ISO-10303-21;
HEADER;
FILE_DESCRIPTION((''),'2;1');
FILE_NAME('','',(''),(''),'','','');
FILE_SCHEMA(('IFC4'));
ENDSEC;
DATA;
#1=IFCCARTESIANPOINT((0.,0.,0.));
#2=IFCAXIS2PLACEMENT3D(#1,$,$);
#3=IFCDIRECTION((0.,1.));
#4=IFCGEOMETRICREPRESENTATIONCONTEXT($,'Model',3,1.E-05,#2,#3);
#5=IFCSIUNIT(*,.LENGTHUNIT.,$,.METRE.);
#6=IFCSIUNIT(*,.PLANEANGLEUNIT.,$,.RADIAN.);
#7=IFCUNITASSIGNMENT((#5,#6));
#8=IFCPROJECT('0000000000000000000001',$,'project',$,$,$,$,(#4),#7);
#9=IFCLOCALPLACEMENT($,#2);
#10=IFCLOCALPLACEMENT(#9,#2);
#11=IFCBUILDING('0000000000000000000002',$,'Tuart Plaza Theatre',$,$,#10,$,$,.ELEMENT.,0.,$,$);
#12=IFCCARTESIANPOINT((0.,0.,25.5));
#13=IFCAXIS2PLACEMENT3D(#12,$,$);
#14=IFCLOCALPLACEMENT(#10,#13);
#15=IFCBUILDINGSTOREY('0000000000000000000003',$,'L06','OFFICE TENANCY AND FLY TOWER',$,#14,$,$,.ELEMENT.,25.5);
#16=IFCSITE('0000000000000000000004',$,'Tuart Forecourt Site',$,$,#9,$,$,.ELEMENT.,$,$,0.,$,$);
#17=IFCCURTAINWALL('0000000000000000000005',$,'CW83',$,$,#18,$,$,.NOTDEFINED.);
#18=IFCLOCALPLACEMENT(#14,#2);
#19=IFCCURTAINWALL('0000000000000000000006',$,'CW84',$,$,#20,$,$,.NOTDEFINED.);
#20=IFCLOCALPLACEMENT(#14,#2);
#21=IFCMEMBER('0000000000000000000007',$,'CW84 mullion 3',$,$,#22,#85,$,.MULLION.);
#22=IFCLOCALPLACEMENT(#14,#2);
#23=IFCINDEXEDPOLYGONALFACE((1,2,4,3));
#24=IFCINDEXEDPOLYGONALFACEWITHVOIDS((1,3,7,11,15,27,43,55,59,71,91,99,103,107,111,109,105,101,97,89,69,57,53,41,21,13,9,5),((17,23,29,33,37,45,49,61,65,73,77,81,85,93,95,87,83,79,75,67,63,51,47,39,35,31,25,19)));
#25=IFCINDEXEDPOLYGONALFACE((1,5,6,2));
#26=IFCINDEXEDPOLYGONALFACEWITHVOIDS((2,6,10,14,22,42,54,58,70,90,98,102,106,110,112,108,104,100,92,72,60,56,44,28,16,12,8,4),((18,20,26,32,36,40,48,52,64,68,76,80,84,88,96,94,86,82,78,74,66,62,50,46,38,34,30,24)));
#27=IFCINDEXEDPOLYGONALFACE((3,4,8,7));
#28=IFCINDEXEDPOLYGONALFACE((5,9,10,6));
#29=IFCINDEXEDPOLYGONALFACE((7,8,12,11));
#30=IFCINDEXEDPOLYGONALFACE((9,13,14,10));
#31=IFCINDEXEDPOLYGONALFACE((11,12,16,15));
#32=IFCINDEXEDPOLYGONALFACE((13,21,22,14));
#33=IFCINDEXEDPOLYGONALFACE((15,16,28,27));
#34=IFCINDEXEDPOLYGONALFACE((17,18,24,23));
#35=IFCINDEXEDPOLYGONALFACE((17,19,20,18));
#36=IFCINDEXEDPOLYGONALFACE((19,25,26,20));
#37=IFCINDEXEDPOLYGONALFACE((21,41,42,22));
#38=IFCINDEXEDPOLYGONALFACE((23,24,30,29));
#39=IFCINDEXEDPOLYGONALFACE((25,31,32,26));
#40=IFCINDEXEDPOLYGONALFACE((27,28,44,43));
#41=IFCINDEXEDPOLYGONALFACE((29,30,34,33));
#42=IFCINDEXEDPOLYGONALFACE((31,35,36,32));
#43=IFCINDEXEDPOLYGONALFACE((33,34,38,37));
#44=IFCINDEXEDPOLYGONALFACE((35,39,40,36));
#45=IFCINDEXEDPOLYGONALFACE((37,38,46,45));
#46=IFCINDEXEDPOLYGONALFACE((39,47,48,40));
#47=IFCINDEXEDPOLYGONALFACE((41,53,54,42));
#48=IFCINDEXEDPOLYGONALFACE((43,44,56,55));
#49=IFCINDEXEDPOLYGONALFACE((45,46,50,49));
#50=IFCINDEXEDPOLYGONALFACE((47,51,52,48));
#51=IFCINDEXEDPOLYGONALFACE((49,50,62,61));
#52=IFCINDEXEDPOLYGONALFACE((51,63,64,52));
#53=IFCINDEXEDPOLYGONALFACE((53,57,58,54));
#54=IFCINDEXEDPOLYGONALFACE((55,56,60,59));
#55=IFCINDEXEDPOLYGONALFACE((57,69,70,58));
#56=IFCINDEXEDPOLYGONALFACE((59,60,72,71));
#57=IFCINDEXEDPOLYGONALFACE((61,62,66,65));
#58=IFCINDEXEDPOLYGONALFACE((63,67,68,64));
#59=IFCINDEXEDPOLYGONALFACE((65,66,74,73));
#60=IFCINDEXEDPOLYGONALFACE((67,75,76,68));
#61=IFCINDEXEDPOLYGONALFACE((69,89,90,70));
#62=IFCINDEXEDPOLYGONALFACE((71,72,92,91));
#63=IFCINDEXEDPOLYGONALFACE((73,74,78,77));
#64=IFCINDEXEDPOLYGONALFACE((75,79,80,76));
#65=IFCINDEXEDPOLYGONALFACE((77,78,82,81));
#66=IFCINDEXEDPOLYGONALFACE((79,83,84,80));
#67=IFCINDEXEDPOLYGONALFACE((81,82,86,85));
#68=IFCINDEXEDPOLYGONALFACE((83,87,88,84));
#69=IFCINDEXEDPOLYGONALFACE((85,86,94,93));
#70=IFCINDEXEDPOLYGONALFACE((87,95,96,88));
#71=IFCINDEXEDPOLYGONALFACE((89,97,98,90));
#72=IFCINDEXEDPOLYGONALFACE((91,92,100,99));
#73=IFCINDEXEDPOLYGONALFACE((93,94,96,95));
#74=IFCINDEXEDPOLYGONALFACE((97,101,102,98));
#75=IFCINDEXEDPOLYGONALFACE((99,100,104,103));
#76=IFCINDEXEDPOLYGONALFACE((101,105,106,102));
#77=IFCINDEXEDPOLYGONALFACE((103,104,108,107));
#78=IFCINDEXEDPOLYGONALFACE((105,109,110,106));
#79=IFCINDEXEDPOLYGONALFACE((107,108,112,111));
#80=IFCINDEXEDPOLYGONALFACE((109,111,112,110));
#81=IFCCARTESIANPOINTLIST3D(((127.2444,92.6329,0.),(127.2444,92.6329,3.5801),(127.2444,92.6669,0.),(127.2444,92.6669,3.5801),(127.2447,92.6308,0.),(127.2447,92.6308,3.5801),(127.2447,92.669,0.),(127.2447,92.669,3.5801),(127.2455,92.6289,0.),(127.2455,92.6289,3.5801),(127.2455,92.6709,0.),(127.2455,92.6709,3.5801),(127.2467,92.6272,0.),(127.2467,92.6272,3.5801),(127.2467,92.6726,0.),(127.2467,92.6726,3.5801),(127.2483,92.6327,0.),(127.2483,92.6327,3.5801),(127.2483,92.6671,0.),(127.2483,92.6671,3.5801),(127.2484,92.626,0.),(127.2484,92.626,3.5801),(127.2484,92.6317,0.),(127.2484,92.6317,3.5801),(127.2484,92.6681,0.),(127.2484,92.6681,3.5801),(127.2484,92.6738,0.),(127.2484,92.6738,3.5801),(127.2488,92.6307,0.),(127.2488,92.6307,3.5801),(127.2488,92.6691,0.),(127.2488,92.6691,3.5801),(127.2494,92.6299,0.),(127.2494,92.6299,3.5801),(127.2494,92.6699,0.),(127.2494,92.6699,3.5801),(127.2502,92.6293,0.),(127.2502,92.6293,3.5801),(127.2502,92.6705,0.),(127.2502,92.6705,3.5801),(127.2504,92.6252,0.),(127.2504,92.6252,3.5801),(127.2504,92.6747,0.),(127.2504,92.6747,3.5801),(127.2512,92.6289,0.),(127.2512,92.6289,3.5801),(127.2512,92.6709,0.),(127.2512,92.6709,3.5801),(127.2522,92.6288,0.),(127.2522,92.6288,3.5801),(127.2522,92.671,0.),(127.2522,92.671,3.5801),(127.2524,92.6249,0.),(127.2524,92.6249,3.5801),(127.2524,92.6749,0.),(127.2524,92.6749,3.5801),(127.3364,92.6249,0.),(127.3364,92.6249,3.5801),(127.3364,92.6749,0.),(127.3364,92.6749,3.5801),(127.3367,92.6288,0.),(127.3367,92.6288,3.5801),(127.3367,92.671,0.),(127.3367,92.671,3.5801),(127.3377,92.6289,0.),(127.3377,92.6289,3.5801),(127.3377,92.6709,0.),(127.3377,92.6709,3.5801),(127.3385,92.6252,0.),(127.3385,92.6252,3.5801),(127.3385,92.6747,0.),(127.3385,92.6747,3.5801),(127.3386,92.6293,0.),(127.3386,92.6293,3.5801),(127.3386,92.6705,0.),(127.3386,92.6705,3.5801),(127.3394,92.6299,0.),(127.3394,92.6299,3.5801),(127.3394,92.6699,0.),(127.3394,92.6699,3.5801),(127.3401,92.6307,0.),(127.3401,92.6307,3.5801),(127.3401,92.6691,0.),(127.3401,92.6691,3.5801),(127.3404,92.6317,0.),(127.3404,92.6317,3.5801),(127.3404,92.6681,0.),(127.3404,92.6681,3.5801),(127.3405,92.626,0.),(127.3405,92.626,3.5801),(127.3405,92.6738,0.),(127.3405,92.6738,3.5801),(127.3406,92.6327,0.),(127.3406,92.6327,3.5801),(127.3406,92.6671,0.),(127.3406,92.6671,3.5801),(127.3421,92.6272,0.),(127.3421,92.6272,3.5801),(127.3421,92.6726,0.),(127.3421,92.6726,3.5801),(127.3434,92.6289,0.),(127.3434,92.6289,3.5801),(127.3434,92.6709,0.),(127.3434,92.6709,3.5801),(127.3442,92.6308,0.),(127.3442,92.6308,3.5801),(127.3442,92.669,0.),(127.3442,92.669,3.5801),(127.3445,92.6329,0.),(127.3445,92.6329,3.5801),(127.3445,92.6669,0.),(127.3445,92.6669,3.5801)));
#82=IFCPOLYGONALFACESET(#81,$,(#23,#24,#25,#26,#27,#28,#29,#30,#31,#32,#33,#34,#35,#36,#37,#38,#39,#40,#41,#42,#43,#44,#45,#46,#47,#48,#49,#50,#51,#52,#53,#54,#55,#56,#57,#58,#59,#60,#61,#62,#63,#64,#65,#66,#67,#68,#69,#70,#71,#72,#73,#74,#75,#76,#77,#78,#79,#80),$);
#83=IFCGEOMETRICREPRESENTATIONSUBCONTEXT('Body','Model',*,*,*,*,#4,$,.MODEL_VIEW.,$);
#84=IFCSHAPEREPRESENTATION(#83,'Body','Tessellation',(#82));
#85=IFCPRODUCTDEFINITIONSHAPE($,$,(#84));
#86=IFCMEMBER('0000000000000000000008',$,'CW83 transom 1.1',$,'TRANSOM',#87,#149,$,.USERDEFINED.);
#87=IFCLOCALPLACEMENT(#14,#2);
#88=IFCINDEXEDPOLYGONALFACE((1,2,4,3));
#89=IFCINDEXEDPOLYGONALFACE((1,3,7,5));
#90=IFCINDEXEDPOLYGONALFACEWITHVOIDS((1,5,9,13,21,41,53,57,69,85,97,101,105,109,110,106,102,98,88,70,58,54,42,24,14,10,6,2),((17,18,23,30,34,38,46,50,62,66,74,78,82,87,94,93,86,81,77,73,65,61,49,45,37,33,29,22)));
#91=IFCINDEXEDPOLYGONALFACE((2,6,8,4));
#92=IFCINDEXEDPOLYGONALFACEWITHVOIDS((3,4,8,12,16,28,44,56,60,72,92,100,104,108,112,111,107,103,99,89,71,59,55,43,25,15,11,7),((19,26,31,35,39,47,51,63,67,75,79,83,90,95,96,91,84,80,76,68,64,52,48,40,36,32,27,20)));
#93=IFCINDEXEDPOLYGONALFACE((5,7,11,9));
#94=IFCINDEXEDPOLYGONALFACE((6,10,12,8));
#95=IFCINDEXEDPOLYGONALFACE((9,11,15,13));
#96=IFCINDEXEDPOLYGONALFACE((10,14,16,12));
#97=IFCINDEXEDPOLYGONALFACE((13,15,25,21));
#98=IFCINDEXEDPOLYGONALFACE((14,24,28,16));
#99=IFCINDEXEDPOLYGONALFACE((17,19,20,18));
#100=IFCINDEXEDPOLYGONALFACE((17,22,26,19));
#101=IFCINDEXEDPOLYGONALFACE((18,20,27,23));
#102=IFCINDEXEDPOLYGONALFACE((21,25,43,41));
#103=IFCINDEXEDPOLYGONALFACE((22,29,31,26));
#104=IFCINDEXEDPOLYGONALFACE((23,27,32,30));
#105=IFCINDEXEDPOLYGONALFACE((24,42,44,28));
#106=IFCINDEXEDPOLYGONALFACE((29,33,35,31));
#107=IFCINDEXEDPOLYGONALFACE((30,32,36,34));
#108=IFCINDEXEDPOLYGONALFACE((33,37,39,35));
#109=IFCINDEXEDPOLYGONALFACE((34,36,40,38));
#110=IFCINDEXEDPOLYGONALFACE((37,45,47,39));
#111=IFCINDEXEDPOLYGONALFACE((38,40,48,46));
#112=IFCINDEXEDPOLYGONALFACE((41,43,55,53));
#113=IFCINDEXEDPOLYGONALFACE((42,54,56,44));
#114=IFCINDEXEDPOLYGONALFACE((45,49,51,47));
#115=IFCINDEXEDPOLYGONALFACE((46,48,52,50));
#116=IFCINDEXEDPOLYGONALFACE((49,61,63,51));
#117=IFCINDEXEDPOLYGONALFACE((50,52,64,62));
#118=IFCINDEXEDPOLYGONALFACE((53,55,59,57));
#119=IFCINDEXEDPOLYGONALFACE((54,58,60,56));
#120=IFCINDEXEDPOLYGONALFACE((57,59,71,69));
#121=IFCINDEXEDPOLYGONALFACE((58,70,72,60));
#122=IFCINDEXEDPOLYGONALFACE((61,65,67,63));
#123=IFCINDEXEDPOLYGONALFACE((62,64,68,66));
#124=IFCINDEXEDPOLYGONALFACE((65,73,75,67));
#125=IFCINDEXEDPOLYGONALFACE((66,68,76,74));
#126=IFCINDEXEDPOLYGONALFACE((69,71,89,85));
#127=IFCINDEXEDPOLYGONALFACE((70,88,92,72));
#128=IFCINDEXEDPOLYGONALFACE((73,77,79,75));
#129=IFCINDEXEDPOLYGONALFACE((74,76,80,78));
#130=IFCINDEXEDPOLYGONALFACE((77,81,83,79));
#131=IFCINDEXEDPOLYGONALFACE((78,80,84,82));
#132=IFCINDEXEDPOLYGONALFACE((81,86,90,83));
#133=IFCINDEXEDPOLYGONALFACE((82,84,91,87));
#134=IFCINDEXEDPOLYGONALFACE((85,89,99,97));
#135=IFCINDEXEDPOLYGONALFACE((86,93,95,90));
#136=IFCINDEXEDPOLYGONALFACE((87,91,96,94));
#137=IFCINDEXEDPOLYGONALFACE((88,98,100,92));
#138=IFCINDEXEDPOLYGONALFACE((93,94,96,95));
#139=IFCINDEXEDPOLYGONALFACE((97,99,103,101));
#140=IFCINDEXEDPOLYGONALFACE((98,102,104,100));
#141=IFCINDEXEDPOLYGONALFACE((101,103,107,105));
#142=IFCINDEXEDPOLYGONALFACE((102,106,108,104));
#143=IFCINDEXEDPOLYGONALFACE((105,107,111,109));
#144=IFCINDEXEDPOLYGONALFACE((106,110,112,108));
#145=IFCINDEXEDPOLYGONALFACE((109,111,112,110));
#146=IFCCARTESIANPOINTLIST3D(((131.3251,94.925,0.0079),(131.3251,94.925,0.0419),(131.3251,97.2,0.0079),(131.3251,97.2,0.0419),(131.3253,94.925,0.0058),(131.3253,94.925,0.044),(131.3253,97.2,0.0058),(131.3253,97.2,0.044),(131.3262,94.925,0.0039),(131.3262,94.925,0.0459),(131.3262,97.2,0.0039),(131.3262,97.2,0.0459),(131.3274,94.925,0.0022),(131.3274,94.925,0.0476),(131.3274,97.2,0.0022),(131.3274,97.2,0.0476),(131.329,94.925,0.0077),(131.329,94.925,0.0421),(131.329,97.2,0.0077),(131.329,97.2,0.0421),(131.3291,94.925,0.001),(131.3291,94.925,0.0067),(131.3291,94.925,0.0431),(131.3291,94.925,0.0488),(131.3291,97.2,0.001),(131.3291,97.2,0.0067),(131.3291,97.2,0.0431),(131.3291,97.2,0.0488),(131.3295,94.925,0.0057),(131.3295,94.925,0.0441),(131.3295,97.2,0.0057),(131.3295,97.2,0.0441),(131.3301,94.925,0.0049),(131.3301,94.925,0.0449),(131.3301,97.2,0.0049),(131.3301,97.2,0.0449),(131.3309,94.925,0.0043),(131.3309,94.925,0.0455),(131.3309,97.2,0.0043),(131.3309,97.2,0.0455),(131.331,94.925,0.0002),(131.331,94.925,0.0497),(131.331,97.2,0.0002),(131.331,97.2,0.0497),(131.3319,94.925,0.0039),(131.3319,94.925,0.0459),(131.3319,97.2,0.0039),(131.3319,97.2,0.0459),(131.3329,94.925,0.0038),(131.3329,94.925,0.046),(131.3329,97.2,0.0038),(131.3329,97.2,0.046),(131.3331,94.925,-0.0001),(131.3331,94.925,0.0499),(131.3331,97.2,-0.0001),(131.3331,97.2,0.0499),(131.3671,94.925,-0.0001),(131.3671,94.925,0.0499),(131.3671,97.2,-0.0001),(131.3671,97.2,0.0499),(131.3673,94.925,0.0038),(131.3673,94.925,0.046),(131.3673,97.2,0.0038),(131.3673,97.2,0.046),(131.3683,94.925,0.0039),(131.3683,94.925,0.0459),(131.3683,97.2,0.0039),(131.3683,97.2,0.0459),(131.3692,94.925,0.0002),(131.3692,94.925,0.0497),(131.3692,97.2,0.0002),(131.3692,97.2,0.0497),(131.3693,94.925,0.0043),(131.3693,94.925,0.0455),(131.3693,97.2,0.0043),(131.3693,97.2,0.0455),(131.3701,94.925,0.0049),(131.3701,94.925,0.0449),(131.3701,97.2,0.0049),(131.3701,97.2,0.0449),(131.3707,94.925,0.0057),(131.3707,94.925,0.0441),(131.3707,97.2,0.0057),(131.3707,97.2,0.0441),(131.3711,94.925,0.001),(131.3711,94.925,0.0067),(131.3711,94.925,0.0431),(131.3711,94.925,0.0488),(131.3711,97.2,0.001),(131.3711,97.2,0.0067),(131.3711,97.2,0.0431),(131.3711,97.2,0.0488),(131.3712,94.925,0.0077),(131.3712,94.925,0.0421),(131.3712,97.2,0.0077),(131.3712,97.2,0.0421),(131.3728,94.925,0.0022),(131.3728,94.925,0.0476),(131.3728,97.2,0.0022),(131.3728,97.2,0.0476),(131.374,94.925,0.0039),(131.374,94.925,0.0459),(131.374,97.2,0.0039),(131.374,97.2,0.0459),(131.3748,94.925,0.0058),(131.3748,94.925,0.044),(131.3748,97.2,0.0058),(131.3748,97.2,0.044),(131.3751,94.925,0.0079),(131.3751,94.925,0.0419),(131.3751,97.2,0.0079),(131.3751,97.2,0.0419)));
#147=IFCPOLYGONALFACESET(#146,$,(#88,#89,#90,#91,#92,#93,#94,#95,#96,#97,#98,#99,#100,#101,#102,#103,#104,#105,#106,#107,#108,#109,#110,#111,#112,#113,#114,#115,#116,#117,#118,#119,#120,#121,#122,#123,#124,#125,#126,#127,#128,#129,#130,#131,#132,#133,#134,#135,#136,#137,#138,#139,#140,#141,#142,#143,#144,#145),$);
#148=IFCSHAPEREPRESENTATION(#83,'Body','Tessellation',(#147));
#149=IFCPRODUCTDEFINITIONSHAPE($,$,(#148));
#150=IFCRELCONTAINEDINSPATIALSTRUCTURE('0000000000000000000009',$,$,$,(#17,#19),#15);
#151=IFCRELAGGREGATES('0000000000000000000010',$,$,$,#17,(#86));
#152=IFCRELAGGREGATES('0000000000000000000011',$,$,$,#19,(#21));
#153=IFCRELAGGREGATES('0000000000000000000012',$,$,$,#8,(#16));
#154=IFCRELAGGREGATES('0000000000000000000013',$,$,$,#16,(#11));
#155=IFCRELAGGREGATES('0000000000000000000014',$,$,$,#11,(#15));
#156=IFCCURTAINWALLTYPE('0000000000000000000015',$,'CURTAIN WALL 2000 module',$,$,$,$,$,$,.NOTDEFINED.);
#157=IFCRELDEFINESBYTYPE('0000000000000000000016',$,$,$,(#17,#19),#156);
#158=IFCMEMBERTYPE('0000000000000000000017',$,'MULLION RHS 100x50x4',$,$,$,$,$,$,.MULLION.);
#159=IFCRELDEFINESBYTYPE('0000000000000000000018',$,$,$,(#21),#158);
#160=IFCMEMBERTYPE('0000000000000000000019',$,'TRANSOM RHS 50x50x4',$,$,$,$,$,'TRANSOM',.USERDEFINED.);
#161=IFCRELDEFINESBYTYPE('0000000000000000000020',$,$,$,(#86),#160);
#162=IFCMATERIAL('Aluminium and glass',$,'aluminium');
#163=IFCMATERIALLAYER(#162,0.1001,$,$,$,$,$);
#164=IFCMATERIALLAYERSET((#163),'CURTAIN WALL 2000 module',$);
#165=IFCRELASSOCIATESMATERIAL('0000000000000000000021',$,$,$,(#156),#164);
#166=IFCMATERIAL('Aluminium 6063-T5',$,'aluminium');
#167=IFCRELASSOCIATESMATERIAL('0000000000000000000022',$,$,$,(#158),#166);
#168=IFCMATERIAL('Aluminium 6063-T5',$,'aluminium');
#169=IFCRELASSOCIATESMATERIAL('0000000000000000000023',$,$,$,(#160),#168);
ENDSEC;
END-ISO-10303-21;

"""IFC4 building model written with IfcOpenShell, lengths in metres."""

from ifc_helpers import new_model, si_unit, direction, frame, origin, origin_2d, place, context, subcontext, project, spatial, hollow_rectangle, extrude, material, layer, layer_set, material_profile, profile_set, type_object, element, aggregate, save


model = new_model("IFC4")

# Units and contexts
model_context = context("Model", 3, precision=1e-05, world=origin(), true_north=direction((0.0, 1.0)))
body_context = subcontext(model_context, "Body", "Model", "MODEL_VIEW")
ifc_project = project(units=[si_unit("LENGTHUNIT", "METRE"), si_unit("PLANEANGLEUNIT", "RADIAN")], contexts=[model_context])

# Site, building, storey
site_placement = place(None, origin())
site = spatial("IfcSite", under=ifc_project, at=site_placement, Name="Tuart Forecourt Site", CompositionType="ELEMENT", RefElevation=0.0)
building_placement = place(site_placement, origin())
building = spatial("IfcBuilding", under=site, at=building_placement, Name="Tuart Plaza Theatre", CompositionType="ELEMENT", ElevationOfRefHeight=0.0)
storey_placement = place(building_placement, frame((0.0, 0.0, 25.5)))
storey = spatial("IfcBuildingStorey", under=building, at=storey_placement, Name="L06", Description="OFFICE TENANCY AND FLY TOWER", CompositionType="ELEMENT", Elevation=25.5)

# Curtain walls, member
ifc_material_1 = material(Name="Aluminium and glass", Category="aluminium")
ifc_layer_1 = layer(ifc_material_1, 0.1001)
ifc_layer_set_1 = layer_set([ifc_layer_1], Name="CURTAIN WALL 2000 module")
curtain_wall_type = type_object("IfcCurtainWallType", Name="CURTAIN WALL 2000 module", PredefinedType="NOTDEFINED", material=ifc_layer_set_1)
curtain_wall_1_placement = place(storey_placement, origin())
curtain_wall_1 = element("IfcCurtainWall", 1, at=curtain_wall_1_placement, inside=storey, type_object=curtain_wall_type, Name="CW83", PredefinedType="NOTDEFINED")
ifc_material_2 = material(Name="Aluminium 6063-T5", Category="aluminium")
ifc_material_profile_1 = material_profile(ifc_material_2, hollow_rectangle(XDim=0.05, YDim=0.1001, WallThickness=0.0039, InnerFilletRadius=0.0039, OuterFilletRadius=0.0081, at=origin_2d()), Name="RHS 100x50x4")
ifc_profile_set_1 = profile_set([ifc_material_profile_1], Name="Aluminium 6063-T5")
member_type_1 = type_object("IfcMemberType", Name="MULLION RHS 100x50x4", PredefinedType="MULLION", material=ifc_profile_set_1)
curtain_wall_2_placement = place(storey_placement, origin())
curtain_wall_2 = element("IfcCurtainWall", 2, at=curtain_wall_2_placement, inside=storey, type_object=curtain_wall_type, Name="CW84", PredefinedType="NOTDEFINED")
member_1_placement = place(storey_placement, frame((127.2944, 92.6499, 0.0), z_axis=(0.0, 0.0, 1.0), x_axis=(0.0, -1.0, 0.0)))
member_1 = element("IfcMember", 3, at=member_1_placement, type_object=member_type_1, Name="CW84 mullion 3", PredefinedType="MULLION", context=body_context, shape_type="SweptSolid", body=[
    extrude(hollow_rectangle(XDim=0.05, YDim=0.1001, WallThickness=0.0039, InnerFilletRadius=0.0039, OuterFilletRadius=0.0081, at=origin_2d()), origin(), (0.0, 0.0, 1.0), 3.5801),
])

# Member
ifc_material_3 = material(Name="Aluminium 6063-T5", Category="aluminium")
ifc_material_profile_2 = material_profile(ifc_material_3, hollow_rectangle(XDim=0.05, YDim=0.05, WallThickness=0.0039, InnerFilletRadius=0.0039, OuterFilletRadius=0.0081, at=origin_2d()), Name="RHS 50x50x4")
ifc_profile_set_2 = profile_set([ifc_material_profile_2], Name="Aluminium 6063-T5")
member_type_2 = type_object("IfcMemberType", Name="TRANSOM RHS 50x50x4", ElementType="TRANSOM", PredefinedType="USERDEFINED", material=ifc_profile_set_2)
member_2_placement = place(storey_placement, frame((131.3501, 97.2, 0.0249), z_axis=(0.0, -1.0, 0.0), x_axis=(1.0, 0.0, 0.0)))
member_2 = element("IfcMember", 4, at=member_2_placement, type_object=member_type_2, Name="CW83 transom 1.1", ObjectType="TRANSOM", PredefinedType="USERDEFINED", context=body_context, shape_type="SweptSolid", body=[
    extrude(hollow_rectangle(XDim=0.05, YDim=0.05, WallThickness=0.0039, InnerFilletRadius=0.0039, OuterFilletRadius=0.0081, at=origin_2d()), origin(), (0.0, 0.0, 1.0), 2.2749),
])

aggregate(curtain_wall_1, [member_2])
aggregate(curtain_wall_2, [member_1])

save(model, "model.ifc")
